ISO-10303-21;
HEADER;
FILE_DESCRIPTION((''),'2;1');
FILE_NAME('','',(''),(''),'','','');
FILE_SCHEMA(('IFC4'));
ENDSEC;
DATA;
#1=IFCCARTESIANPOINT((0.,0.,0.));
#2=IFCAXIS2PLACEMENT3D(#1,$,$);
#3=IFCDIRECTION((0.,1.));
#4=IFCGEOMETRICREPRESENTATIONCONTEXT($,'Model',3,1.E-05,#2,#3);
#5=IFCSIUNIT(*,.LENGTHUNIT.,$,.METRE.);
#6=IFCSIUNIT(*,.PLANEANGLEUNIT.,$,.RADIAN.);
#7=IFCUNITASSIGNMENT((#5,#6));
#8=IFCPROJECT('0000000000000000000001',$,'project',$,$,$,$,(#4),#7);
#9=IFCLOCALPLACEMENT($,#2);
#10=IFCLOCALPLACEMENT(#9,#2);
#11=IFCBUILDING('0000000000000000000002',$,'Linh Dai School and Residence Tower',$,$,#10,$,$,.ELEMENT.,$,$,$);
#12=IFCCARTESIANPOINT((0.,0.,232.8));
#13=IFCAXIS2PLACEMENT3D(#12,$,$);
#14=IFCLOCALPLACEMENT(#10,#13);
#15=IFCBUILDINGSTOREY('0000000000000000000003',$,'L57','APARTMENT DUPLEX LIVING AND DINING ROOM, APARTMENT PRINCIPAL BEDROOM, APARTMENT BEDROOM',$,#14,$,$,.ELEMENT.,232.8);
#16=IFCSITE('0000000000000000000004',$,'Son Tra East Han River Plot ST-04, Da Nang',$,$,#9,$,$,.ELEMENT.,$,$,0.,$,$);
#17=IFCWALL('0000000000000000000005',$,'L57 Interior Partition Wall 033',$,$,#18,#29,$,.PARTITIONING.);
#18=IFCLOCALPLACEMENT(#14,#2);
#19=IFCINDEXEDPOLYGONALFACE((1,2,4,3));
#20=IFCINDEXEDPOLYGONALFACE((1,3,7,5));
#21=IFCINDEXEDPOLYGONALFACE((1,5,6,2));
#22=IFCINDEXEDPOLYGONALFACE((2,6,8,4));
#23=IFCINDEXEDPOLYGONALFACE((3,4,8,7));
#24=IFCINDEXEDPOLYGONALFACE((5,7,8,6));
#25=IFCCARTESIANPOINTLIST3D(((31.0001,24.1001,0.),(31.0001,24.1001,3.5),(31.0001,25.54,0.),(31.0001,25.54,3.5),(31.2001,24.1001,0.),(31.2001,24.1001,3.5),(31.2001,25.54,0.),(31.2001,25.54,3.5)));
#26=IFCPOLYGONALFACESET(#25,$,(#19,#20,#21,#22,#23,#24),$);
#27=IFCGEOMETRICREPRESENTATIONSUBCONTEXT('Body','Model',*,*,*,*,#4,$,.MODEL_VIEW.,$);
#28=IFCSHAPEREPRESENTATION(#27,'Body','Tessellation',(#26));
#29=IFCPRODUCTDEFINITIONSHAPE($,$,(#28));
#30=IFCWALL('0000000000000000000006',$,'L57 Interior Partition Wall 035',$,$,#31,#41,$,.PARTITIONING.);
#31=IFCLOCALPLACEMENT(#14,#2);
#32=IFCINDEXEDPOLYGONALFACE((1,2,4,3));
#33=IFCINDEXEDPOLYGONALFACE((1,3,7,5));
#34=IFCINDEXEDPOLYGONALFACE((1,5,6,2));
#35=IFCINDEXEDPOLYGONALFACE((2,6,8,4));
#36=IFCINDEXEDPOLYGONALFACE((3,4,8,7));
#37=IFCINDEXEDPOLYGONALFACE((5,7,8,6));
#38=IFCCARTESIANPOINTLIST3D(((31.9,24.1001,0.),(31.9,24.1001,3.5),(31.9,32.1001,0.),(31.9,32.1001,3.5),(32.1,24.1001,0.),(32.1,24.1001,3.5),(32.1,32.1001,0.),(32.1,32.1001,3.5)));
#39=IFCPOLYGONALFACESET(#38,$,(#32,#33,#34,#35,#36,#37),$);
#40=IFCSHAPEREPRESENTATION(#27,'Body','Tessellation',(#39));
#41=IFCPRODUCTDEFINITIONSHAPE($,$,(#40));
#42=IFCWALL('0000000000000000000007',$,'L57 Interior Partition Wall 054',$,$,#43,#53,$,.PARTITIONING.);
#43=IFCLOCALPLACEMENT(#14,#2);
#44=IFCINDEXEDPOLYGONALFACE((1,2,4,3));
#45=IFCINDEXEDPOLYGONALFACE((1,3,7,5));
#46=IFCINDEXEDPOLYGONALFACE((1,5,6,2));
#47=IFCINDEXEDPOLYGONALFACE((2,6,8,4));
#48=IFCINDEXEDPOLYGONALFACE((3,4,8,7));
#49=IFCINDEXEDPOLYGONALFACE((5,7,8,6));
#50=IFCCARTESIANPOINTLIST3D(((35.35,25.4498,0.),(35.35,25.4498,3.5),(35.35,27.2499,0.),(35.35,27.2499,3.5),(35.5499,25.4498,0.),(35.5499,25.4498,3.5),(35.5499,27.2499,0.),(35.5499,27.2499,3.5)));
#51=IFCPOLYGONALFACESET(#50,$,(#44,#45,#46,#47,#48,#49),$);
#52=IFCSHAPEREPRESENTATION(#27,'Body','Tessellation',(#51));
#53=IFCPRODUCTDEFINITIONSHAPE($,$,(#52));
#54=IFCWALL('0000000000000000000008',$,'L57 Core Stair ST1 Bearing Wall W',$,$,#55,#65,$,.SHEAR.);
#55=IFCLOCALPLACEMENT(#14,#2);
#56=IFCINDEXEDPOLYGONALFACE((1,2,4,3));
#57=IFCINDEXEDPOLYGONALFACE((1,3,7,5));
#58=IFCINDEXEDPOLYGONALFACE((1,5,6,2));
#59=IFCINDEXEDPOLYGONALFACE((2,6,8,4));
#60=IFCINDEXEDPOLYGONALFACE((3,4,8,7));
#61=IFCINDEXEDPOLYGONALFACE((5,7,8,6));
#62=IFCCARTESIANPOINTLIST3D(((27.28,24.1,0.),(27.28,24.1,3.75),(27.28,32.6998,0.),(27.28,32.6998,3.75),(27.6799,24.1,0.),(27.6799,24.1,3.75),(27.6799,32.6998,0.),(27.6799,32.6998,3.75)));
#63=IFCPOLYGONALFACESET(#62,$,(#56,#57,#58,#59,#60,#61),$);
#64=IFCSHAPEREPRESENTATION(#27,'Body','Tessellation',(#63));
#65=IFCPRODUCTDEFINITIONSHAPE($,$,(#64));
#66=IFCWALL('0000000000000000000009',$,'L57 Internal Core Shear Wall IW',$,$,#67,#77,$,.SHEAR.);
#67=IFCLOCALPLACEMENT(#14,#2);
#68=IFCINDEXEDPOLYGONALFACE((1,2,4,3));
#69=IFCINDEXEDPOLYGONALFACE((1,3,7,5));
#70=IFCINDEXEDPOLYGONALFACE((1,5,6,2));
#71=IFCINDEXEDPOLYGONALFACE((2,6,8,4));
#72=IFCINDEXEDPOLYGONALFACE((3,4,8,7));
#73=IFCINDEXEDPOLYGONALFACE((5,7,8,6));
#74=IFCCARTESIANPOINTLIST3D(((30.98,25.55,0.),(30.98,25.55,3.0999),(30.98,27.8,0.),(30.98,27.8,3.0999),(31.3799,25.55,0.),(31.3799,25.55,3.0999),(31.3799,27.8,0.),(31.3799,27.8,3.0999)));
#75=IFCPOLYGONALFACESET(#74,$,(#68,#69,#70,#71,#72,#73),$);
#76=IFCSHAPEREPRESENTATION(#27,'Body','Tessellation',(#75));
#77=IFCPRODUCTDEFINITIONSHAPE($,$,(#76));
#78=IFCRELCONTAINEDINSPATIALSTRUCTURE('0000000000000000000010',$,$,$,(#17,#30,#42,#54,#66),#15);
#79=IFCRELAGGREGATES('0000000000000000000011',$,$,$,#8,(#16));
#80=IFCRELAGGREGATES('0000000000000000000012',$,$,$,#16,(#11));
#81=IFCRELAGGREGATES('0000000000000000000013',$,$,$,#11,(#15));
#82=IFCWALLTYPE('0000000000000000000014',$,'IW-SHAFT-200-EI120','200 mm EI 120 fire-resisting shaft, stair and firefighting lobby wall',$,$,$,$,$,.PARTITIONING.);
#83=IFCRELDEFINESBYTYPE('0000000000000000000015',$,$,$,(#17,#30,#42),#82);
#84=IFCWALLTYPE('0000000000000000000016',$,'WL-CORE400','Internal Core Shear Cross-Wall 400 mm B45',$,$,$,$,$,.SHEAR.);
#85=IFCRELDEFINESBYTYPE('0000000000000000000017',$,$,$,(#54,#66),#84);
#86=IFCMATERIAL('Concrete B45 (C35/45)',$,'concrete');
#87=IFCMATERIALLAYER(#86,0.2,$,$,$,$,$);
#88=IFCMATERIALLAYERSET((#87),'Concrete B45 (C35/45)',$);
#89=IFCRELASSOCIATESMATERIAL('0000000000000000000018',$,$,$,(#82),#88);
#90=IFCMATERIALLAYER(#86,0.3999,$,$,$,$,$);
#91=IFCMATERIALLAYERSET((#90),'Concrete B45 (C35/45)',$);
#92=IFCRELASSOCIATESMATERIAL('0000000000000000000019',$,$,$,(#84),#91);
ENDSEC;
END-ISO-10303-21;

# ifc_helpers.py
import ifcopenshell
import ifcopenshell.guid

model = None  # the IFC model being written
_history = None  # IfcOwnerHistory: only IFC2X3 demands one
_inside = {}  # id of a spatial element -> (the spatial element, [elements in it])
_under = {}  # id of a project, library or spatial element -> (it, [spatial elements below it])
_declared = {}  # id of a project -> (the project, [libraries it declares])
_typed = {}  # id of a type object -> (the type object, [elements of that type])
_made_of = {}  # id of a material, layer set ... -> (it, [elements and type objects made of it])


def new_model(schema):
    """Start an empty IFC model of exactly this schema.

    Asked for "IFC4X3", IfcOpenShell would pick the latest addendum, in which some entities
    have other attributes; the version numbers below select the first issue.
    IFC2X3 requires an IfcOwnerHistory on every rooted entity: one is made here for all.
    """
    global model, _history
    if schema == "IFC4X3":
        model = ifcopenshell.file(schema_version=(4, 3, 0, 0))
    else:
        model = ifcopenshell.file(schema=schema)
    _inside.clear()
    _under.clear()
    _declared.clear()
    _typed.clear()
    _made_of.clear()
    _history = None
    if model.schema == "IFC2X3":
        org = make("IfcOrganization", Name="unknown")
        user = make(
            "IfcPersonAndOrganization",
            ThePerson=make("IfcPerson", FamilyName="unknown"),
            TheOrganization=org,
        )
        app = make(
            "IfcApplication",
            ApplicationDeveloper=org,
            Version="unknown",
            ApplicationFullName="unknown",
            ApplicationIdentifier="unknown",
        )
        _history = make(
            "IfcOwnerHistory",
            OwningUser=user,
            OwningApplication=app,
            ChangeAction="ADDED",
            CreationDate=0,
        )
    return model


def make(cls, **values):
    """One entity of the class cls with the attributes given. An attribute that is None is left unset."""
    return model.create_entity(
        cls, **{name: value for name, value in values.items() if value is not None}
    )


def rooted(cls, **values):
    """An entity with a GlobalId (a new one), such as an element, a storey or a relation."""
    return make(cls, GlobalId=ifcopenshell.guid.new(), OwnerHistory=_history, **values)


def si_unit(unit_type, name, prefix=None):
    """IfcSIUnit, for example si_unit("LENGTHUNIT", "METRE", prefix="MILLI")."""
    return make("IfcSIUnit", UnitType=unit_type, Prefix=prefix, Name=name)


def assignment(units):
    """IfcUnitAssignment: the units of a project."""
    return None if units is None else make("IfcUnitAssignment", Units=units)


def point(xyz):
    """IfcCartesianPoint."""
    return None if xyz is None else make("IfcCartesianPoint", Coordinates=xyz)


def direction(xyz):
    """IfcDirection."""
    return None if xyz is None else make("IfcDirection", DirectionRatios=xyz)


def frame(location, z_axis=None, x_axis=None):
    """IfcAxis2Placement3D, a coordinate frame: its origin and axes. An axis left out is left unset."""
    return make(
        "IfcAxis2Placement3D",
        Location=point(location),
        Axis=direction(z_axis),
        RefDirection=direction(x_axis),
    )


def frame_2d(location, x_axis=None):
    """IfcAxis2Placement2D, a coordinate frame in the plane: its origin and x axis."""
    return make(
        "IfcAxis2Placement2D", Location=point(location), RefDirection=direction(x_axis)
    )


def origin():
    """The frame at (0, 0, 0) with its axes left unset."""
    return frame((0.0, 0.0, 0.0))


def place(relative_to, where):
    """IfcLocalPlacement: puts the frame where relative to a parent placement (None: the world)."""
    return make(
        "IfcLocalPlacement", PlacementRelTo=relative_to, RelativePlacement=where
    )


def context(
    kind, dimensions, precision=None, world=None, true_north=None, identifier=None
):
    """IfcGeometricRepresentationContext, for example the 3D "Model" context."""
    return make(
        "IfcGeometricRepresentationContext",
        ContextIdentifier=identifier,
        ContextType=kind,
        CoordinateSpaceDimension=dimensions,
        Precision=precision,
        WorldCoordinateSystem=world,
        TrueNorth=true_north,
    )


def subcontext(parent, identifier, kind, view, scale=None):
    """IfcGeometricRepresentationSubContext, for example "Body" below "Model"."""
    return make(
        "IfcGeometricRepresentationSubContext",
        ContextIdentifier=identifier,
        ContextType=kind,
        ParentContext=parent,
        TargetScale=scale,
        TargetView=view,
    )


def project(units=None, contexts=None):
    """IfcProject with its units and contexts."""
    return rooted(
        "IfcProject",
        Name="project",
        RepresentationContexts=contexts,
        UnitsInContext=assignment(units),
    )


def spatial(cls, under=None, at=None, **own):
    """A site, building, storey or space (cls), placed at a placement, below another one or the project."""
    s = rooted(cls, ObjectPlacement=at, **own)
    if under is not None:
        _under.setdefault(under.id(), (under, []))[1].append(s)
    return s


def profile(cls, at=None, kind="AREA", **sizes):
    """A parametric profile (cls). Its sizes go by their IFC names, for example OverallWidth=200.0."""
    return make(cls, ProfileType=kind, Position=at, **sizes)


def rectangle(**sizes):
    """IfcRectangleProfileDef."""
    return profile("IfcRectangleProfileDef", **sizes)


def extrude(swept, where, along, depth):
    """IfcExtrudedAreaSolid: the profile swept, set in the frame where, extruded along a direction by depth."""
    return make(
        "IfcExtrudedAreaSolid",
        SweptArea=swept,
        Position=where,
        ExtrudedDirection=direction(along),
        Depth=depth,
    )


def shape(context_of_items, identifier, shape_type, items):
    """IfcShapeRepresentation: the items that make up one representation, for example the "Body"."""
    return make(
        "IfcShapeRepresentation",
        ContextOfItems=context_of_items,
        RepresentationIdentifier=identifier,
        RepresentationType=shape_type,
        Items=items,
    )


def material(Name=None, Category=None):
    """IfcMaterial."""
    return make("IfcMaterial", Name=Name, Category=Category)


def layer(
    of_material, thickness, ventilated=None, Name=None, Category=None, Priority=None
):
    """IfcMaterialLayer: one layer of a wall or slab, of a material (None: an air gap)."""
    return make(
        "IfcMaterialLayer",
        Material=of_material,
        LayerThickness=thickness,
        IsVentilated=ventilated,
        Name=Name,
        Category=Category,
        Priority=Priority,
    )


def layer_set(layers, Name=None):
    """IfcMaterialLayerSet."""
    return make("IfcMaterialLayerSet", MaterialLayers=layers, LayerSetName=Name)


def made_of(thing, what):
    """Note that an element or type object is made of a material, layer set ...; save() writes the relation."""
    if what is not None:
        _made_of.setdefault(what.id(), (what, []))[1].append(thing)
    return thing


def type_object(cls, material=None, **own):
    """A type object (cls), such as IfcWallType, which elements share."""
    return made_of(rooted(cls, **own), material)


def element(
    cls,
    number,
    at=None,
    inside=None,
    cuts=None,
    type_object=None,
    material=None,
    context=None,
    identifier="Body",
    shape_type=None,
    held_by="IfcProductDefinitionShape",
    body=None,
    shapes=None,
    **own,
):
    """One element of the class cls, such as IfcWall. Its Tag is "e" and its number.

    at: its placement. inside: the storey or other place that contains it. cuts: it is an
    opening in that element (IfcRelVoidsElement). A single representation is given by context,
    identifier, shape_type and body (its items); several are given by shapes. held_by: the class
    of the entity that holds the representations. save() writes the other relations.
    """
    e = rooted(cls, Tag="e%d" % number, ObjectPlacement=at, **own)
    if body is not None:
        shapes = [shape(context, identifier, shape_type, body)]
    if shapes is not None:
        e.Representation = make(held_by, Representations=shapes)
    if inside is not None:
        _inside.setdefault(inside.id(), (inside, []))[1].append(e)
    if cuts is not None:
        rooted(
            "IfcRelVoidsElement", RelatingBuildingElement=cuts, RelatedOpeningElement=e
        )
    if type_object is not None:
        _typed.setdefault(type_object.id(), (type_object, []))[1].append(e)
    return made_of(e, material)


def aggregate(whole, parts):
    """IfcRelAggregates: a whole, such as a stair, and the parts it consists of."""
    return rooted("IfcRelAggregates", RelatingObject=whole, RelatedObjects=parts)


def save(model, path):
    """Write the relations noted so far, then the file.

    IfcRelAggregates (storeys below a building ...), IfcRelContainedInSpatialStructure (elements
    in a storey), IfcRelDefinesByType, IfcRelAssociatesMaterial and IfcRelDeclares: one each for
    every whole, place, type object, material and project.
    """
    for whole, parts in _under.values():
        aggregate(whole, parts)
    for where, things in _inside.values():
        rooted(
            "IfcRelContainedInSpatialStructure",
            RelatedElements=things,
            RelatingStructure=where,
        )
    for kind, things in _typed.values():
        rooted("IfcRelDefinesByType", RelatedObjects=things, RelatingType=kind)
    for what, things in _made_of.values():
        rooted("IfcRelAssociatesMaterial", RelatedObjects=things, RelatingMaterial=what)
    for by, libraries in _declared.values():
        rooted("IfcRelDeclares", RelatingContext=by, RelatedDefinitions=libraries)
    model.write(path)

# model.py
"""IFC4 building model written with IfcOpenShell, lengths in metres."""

from ifc_helpers import new_model, si_unit, direction, frame, frame_2d, origin, place, context, subcontext, project, spatial, rectangle, extrude, material, layer, layer_set, type_object, element, save


model = new_model("IFC4")

# Units and contexts
model_context = context("Model", 3, precision=1e-05, world=origin(), true_north=direction((0.0, 1.0)))
body_context = subcontext(model_context, "Body", "Model", "MODEL_VIEW")
ifc_project = project(units=[si_unit("LENGTHUNIT", "METRE"), si_unit("PLANEANGLEUNIT", "RADIAN")], contexts=[model_context])

# Site, building, storey
site_placement = place(None, origin())
site = spatial("IfcSite", under=ifc_project, at=site_placement, Name="Son Tra East Han River Plot ST-04, Da Nang", CompositionType="ELEMENT", RefElevation=0.0)
building_placement = place(site_placement, origin())
building = spatial("IfcBuilding", under=site, at=building_placement, Name="Linh Dai School and Residence Tower", CompositionType="ELEMENT")
storey_placement = place(building_placement, frame((0.0, 0.0, 232.8)))
storey = spatial("IfcBuildingStorey", under=building, at=storey_placement, Name="L57", Description="APARTMENT DUPLEX LIVING AND DINING ROOM, APARTMENT PRINCIPAL BEDROOM, APARTMENT BEDROOM", CompositionType="ELEMENT", Elevation=232.8)

# Shared definitions
ifc_material_1 = material(Name="Concrete B45 (C35/45)", Category="concrete")
ifc_layer_1 = layer(ifc_material_1, 0.2)
ifc_layer_set_1 = layer_set([ifc_layer_1], Name="Concrete B45 (C35/45)")
wall_type_1 = type_object("IfcWallType", Name="IW-SHAFT-200-EI120", Description="200 mm EI 120 fire-resisting shaft, stair and firefighting lobby wall", PredefinedType="PARTITIONING", material=ifc_layer_set_1)

# Walls
wall_1_placement = place(storey_placement, frame((31.1001, 24.1001, 0.0), z_axis=(0.0, 0.0, 1.0), x_axis=(0.0, 1.0, 0.0)))
element("IfcWall", 1, at=wall_1_placement, inside=storey, type_object=wall_type_1, Name="L57 Interior Partition Wall 033", PredefinedType="PARTITIONING", context=body_context, shape_type="SweptSolid", body=[
    extrude(rectangle(XDim=1.4399, YDim=0.2, at=frame_2d((0.72, 0.0))), origin(), (0.0, 0.0, 1.0), 3.5),
])
wall_2_placement = place(storey_placement, frame((32.0, 24.1001, 0.0), z_axis=(0.0, 0.0, 1.0), x_axis=(0.0, 1.0, 0.0)))
element("IfcWall", 2, at=wall_2_placement, inside=storey, type_object=wall_type_1, Name="L57 Interior Partition Wall 035", PredefinedType="PARTITIONING", context=body_context, shape_type="SweptSolid", body=[
    extrude(rectangle(XDim=8.0, YDim=0.2, at=frame_2d((4.0, 0.0))), origin(), (0.0, 0.0, 1.0), 3.5),
])

# Walls
wall_3_placement = place(storey_placement, frame((35.45, 25.45, 0.0), z_axis=(0.0, 0.0, 1.0), x_axis=(0.0, 1.0, 0.0)))
element("IfcWall", 3, at=wall_3_placement, inside=storey, type_object=wall_type_1, Name="L57 Interior Partition Wall 054", PredefinedType="PARTITIONING", context=body_context, shape_type="SweptSolid", body=[
    extrude(rectangle(XDim=1.8, YDim=0.2, at=frame_2d((0.8999, 0.0))), origin(), (0.0, 0.0, 1.0), 3.5),
])
ifc_layer_2 = layer(ifc_material_1, 0.3999)
ifc_layer_set_2 = layer_set([ifc_layer_2], Name="Concrete B45 (C35/45)")
wall_type_2 = type_object("IfcWallType", Name="WL-CORE400", Description="Internal Core Shear Cross-Wall 400 mm B45", PredefinedType="SHEAR", material=ifc_layer_set_2)
wall_4_placement = place(storey_placement, frame((27.48, 24.1001, 0.0), z_axis=(0.0, 0.0, 1.0), x_axis=(0.0, 1.0, 0.0)))
element("IfcWall", 4, at=wall_4_placement, inside=storey, type_object=wall_type_2, Name="L57 Core Stair ST1 Bearing Wall W", PredefinedType="SHEAR", context=body_context, shape_type="SweptSolid", body=[
    extrude(rectangle(XDim=8.5999, YDim=0.3999, at=frame_2d((4.2998, 0.0))), origin(), (0.0, 0.0, 1.0), 3.75),
])
wall_5_placement = place(storey_placement, frame((31.1799, 25.55, 0.0), z_axis=(0.0, 0.0, 1.0), x_axis=(0.0, 1.0, 0.0)))
element("IfcWall", 5, at=wall_5_placement, inside=storey, type_object=wall_type_2, Name="L57 Internal Core Shear Wall IW", PredefinedType="SHEAR", context=body_context, shape_type="SweptSolid", body=[
    extrude(rectangle(XDim=2.25, YDim=0.3999, at=frame_2d((1.125, 0.0))), origin(), (0.0, 0.0, 1.0), 3.0999),
])

save(model, "model.ifc")
